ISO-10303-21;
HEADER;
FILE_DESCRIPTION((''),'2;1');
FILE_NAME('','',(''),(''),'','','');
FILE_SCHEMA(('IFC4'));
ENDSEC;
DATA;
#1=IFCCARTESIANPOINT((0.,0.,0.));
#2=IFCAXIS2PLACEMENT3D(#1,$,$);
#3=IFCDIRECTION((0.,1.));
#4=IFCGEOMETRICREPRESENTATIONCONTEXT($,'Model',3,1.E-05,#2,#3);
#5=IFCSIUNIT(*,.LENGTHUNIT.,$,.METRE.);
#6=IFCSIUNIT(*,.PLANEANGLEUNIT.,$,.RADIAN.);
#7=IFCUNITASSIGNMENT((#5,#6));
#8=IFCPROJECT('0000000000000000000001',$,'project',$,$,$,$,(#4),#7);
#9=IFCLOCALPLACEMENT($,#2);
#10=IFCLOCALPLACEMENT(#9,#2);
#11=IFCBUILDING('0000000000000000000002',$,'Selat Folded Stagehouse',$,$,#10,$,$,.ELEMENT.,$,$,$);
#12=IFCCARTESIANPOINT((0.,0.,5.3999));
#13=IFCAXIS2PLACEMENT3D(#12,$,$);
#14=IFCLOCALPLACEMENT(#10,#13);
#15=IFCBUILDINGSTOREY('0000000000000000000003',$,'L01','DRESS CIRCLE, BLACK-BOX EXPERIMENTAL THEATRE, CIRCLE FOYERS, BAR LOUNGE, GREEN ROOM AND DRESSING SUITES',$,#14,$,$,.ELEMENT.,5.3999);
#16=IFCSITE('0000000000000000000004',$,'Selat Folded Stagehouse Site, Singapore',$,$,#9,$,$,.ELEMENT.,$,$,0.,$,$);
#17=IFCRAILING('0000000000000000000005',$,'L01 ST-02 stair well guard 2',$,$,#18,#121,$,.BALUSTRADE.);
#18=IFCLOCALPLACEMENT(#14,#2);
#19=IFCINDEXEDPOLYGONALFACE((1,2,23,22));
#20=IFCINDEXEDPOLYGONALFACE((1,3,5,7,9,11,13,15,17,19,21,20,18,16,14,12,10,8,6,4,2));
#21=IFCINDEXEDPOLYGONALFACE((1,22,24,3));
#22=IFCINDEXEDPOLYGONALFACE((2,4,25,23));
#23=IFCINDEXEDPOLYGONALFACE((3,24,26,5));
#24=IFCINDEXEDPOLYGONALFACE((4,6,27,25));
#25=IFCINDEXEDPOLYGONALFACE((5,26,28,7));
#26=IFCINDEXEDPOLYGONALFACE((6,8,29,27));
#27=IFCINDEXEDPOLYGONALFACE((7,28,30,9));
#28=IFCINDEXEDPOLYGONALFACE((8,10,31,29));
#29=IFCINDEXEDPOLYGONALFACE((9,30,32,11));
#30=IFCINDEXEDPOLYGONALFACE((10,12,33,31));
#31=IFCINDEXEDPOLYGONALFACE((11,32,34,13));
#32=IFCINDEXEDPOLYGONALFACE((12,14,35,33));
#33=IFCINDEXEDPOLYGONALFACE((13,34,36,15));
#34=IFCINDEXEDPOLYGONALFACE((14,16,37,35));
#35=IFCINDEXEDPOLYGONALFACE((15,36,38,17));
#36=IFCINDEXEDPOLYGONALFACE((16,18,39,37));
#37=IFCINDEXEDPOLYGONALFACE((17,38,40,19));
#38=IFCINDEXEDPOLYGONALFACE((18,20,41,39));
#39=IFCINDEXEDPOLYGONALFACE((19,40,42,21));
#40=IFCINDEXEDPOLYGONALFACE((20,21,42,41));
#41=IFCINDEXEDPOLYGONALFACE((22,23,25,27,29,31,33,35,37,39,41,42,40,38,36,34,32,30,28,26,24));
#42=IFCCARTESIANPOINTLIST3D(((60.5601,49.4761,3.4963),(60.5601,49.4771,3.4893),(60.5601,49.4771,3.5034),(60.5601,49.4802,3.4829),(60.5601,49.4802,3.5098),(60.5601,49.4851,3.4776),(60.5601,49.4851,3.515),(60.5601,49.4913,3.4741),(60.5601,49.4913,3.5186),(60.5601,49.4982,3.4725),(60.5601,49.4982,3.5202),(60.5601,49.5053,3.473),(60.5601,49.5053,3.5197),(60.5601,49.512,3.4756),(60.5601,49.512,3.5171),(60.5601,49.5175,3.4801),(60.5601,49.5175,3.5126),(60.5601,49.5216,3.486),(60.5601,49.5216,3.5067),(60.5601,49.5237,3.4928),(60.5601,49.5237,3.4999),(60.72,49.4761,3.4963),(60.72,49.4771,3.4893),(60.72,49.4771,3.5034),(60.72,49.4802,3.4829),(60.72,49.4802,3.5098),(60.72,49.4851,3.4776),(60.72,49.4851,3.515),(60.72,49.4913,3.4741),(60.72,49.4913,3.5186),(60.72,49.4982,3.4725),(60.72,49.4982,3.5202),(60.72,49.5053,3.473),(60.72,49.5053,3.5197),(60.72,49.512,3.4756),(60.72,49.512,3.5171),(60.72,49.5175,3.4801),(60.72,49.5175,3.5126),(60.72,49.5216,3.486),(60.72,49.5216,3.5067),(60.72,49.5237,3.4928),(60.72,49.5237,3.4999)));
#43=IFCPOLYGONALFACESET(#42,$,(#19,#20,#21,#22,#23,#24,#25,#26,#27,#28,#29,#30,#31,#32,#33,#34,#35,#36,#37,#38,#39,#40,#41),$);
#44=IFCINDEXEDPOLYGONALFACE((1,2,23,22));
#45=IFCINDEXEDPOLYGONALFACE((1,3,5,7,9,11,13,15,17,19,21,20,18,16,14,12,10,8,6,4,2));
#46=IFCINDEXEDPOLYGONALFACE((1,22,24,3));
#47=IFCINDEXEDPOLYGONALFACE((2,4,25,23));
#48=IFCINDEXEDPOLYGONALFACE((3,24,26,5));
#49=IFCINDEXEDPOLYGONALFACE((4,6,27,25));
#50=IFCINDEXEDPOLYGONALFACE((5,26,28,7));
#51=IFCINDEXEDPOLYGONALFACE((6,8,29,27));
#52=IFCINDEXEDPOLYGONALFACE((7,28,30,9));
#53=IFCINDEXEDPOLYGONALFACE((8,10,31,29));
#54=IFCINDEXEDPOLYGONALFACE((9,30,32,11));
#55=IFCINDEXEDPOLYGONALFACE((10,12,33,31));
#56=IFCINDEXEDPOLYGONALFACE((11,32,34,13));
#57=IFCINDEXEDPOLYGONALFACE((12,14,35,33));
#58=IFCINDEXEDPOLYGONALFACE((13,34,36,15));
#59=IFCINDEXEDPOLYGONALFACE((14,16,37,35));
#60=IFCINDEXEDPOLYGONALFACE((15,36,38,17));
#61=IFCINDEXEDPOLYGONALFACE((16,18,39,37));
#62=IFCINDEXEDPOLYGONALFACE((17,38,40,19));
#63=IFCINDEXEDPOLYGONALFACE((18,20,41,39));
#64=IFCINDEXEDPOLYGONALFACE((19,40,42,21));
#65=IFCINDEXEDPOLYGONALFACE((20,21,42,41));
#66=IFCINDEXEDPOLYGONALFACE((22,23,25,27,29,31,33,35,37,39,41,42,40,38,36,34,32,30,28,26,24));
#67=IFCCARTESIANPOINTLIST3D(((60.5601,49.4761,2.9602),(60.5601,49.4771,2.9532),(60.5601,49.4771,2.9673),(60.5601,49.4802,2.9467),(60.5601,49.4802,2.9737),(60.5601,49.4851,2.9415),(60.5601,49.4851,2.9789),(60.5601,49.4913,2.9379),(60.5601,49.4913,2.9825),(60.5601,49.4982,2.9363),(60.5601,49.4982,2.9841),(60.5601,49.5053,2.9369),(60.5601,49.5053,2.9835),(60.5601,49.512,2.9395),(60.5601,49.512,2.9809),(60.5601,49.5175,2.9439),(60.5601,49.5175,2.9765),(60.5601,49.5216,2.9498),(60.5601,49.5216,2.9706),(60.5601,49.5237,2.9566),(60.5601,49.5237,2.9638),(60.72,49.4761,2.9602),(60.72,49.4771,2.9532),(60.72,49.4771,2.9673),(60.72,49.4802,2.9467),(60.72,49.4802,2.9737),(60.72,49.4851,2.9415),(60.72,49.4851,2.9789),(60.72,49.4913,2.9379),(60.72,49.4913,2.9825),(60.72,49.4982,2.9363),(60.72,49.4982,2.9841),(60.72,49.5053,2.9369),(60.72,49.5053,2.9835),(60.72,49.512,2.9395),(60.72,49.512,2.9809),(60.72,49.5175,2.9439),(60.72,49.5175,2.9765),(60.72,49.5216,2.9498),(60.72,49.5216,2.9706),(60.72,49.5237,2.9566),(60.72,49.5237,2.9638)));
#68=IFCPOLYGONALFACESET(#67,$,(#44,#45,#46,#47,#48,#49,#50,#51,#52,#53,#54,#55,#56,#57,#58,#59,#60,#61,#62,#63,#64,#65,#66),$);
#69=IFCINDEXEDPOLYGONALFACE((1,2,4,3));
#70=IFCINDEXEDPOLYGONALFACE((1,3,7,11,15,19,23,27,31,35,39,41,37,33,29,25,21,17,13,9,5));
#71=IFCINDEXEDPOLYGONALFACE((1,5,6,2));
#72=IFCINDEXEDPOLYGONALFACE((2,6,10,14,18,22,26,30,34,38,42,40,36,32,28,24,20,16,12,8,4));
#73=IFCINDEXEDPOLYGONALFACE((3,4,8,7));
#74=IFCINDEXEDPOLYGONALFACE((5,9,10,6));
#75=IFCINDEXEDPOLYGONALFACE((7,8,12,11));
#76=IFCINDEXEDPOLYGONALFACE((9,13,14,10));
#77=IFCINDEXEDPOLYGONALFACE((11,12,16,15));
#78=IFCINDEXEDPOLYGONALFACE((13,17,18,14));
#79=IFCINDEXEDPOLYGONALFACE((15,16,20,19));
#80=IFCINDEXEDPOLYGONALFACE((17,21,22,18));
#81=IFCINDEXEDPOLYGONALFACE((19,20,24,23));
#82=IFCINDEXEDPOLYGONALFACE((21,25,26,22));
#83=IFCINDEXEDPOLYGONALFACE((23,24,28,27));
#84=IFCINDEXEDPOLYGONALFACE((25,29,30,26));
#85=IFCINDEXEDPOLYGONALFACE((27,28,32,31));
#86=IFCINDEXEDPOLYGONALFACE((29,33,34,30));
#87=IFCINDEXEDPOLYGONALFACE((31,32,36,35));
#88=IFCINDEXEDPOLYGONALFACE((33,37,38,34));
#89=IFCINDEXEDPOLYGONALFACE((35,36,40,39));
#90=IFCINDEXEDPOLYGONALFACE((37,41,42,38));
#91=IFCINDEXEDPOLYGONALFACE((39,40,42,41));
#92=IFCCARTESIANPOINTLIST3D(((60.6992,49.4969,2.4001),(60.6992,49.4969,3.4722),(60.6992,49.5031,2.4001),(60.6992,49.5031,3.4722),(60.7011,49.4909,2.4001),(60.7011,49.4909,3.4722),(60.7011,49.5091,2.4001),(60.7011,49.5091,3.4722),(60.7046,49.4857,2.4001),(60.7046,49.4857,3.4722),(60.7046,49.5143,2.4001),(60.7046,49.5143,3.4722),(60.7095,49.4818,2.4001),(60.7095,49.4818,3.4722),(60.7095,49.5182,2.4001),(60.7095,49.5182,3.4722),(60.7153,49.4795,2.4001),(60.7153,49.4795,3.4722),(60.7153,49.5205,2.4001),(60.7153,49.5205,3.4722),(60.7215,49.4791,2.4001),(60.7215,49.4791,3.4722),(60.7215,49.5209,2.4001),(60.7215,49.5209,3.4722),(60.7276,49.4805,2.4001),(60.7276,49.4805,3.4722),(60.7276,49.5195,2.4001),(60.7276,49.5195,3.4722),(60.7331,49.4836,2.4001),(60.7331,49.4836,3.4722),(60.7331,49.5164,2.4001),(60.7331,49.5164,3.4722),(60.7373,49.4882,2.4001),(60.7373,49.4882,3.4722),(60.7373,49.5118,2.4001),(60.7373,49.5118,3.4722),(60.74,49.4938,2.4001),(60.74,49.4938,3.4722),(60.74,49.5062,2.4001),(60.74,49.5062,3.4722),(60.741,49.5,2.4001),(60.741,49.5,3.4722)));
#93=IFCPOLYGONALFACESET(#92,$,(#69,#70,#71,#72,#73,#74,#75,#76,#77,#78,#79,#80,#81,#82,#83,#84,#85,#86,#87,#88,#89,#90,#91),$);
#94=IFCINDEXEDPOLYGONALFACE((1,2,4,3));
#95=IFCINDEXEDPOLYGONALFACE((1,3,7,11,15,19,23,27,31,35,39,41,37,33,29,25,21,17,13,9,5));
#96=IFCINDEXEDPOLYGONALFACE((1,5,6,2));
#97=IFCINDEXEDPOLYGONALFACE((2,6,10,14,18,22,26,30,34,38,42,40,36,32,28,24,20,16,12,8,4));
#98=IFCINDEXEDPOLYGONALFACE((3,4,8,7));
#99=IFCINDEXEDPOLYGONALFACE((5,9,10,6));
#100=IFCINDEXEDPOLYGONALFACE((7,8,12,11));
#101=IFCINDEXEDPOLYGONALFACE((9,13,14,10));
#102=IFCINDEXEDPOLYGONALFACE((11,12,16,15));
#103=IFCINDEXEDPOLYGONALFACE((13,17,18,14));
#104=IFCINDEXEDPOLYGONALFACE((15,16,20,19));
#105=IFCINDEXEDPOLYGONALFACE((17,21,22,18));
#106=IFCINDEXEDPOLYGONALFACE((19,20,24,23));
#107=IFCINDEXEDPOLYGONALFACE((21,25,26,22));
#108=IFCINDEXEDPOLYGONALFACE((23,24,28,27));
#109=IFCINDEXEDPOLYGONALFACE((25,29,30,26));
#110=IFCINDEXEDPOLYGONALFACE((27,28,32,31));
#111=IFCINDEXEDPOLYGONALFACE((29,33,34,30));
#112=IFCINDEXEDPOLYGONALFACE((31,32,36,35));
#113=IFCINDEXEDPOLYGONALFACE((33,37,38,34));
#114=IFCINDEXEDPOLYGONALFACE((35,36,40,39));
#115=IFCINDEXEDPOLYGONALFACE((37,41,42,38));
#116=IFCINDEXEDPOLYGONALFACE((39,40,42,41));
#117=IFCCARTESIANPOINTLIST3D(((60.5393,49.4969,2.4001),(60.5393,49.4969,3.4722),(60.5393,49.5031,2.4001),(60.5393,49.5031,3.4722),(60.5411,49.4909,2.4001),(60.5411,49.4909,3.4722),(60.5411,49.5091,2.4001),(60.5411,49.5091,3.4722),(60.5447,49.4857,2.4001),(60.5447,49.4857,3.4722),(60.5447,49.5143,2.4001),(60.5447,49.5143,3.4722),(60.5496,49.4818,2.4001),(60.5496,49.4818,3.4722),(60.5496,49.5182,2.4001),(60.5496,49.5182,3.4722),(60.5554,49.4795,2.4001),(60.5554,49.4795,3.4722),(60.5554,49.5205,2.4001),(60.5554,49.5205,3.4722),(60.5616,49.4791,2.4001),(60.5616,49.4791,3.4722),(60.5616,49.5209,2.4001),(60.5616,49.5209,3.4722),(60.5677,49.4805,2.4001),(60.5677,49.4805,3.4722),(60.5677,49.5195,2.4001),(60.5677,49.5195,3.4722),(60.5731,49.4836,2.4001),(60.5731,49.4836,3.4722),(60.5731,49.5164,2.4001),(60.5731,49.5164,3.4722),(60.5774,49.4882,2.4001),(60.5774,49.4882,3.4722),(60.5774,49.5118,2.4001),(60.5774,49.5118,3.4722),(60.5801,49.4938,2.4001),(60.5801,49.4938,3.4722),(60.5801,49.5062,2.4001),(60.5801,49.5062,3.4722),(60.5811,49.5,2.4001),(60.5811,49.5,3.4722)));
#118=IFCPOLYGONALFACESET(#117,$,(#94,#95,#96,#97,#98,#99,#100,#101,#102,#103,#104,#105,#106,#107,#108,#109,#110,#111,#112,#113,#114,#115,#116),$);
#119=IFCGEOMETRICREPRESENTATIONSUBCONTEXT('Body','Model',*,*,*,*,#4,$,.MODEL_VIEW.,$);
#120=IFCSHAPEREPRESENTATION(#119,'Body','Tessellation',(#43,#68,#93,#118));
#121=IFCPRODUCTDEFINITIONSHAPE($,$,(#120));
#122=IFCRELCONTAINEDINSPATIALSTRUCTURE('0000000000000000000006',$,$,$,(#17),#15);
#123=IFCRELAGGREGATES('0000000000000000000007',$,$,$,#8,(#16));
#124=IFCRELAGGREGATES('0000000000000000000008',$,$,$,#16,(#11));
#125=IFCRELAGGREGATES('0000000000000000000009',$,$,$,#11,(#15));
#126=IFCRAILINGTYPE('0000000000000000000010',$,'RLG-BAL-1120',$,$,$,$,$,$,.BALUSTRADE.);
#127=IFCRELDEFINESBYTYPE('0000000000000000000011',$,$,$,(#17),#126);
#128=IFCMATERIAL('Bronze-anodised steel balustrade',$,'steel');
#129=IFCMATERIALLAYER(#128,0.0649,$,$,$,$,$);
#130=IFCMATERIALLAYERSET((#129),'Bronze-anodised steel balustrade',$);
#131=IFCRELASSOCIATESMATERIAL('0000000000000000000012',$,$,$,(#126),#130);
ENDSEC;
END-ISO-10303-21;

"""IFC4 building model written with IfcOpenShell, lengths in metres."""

from ifc_helpers import new_model, si_unit, direction, frame, origin, origin_2d, place, context, subcontext, project, spatial, circle, extrude, material, layer, layer_set, type_object, element, save


model = new_model("IFC4")

# Units and contexts
model_context = context("Model", 3, precision=1e-05, world=origin(), true_north=direction((0.0, 1.0)))
body_context = subcontext(model_context, "Body", "Model", "MODEL_VIEW")
ifc_project = project(units=[si_unit("LENGTHUNIT", "METRE"), si_unit("PLANEANGLEUNIT", "RADIAN")], contexts=[model_context])

# Site, building, storey
site_placement = place(None, origin())
site = spatial("IfcSite", under=ifc_project, at=site_placement, Name="Selat Folded Stagehouse Site, Singapore", CompositionType="ELEMENT", RefElevation=0.0)
building_placement = place(site_placement, origin())
building = spatial("IfcBuilding", under=site, at=building_placement, Name="Selat Folded Stagehouse", CompositionType="ELEMENT")
storey_placement = place(building_placement, frame((0.0, 0.0, 5.3999)))
storey = spatial("IfcBuildingStorey", under=building, at=storey_placement, Name="L01", Description="DRESS CIRCLE, BLACK-BOX EXPERIMENTAL THEATRE, CIRCLE FOYERS, BAR LOUNGE, GREEN ROOM AND DRESSING SUITES", CompositionType="ELEMENT", Elevation=5.3999)

# Railing
ifc_material_1 = material(Name="Bronze-anodised steel balustrade", Category="steel")
ifc_layer_1 = layer(ifc_material_1, 0.0649)
ifc_layer_set_1 = layer_set([ifc_layer_1], Name="Bronze-anodised steel balustrade")
railing_type = type_object("IfcRailingType", Name="RLG-BAL-1120", PredefinedType="BALUSTRADE", material=ifc_layer_set_1)
railing_1_placement = place(storey_placement, frame((60.72, 49.5, 2.4001)))
element("IfcRailing", 1, at=railing_1_placement, inside=storey, type_object=railing_type, Name="L01 ST-02 stair well guard 2", PredefinedType="BALUSTRADE", context=body_context, shape_type="SweptSolid", body=[
    extrude(circle(Radius=0.0239, at=origin_2d()), frame((0.0, 0.0, 1.0962), z_axis=(-1.0, 0.0, 0.0), x_axis=(0.0, -1.0, 0.0)), (0.0, 0.0, 1.0), 0.1599),
    extrude(circle(Radius=0.0239, at=origin_2d()), frame((0.0, 0.0, 0.5601), z_axis=(-1.0, 0.0, 0.0), x_axis=(0.0, -1.0, 0.0)), (0.0, 0.0, 1.0), 0.1599),
    extrude(circle(Radius=0.021, at=origin_2d()), origin(), (0.0, 0.0, 1.0), 1.072),
    extrude(circle(Radius=0.021, at=origin_2d()), frame((-0.1599, 0.0, 0.0)), (0.0, 0.0, 1.0), 1.072),
])

save(model, "model.ifc")
